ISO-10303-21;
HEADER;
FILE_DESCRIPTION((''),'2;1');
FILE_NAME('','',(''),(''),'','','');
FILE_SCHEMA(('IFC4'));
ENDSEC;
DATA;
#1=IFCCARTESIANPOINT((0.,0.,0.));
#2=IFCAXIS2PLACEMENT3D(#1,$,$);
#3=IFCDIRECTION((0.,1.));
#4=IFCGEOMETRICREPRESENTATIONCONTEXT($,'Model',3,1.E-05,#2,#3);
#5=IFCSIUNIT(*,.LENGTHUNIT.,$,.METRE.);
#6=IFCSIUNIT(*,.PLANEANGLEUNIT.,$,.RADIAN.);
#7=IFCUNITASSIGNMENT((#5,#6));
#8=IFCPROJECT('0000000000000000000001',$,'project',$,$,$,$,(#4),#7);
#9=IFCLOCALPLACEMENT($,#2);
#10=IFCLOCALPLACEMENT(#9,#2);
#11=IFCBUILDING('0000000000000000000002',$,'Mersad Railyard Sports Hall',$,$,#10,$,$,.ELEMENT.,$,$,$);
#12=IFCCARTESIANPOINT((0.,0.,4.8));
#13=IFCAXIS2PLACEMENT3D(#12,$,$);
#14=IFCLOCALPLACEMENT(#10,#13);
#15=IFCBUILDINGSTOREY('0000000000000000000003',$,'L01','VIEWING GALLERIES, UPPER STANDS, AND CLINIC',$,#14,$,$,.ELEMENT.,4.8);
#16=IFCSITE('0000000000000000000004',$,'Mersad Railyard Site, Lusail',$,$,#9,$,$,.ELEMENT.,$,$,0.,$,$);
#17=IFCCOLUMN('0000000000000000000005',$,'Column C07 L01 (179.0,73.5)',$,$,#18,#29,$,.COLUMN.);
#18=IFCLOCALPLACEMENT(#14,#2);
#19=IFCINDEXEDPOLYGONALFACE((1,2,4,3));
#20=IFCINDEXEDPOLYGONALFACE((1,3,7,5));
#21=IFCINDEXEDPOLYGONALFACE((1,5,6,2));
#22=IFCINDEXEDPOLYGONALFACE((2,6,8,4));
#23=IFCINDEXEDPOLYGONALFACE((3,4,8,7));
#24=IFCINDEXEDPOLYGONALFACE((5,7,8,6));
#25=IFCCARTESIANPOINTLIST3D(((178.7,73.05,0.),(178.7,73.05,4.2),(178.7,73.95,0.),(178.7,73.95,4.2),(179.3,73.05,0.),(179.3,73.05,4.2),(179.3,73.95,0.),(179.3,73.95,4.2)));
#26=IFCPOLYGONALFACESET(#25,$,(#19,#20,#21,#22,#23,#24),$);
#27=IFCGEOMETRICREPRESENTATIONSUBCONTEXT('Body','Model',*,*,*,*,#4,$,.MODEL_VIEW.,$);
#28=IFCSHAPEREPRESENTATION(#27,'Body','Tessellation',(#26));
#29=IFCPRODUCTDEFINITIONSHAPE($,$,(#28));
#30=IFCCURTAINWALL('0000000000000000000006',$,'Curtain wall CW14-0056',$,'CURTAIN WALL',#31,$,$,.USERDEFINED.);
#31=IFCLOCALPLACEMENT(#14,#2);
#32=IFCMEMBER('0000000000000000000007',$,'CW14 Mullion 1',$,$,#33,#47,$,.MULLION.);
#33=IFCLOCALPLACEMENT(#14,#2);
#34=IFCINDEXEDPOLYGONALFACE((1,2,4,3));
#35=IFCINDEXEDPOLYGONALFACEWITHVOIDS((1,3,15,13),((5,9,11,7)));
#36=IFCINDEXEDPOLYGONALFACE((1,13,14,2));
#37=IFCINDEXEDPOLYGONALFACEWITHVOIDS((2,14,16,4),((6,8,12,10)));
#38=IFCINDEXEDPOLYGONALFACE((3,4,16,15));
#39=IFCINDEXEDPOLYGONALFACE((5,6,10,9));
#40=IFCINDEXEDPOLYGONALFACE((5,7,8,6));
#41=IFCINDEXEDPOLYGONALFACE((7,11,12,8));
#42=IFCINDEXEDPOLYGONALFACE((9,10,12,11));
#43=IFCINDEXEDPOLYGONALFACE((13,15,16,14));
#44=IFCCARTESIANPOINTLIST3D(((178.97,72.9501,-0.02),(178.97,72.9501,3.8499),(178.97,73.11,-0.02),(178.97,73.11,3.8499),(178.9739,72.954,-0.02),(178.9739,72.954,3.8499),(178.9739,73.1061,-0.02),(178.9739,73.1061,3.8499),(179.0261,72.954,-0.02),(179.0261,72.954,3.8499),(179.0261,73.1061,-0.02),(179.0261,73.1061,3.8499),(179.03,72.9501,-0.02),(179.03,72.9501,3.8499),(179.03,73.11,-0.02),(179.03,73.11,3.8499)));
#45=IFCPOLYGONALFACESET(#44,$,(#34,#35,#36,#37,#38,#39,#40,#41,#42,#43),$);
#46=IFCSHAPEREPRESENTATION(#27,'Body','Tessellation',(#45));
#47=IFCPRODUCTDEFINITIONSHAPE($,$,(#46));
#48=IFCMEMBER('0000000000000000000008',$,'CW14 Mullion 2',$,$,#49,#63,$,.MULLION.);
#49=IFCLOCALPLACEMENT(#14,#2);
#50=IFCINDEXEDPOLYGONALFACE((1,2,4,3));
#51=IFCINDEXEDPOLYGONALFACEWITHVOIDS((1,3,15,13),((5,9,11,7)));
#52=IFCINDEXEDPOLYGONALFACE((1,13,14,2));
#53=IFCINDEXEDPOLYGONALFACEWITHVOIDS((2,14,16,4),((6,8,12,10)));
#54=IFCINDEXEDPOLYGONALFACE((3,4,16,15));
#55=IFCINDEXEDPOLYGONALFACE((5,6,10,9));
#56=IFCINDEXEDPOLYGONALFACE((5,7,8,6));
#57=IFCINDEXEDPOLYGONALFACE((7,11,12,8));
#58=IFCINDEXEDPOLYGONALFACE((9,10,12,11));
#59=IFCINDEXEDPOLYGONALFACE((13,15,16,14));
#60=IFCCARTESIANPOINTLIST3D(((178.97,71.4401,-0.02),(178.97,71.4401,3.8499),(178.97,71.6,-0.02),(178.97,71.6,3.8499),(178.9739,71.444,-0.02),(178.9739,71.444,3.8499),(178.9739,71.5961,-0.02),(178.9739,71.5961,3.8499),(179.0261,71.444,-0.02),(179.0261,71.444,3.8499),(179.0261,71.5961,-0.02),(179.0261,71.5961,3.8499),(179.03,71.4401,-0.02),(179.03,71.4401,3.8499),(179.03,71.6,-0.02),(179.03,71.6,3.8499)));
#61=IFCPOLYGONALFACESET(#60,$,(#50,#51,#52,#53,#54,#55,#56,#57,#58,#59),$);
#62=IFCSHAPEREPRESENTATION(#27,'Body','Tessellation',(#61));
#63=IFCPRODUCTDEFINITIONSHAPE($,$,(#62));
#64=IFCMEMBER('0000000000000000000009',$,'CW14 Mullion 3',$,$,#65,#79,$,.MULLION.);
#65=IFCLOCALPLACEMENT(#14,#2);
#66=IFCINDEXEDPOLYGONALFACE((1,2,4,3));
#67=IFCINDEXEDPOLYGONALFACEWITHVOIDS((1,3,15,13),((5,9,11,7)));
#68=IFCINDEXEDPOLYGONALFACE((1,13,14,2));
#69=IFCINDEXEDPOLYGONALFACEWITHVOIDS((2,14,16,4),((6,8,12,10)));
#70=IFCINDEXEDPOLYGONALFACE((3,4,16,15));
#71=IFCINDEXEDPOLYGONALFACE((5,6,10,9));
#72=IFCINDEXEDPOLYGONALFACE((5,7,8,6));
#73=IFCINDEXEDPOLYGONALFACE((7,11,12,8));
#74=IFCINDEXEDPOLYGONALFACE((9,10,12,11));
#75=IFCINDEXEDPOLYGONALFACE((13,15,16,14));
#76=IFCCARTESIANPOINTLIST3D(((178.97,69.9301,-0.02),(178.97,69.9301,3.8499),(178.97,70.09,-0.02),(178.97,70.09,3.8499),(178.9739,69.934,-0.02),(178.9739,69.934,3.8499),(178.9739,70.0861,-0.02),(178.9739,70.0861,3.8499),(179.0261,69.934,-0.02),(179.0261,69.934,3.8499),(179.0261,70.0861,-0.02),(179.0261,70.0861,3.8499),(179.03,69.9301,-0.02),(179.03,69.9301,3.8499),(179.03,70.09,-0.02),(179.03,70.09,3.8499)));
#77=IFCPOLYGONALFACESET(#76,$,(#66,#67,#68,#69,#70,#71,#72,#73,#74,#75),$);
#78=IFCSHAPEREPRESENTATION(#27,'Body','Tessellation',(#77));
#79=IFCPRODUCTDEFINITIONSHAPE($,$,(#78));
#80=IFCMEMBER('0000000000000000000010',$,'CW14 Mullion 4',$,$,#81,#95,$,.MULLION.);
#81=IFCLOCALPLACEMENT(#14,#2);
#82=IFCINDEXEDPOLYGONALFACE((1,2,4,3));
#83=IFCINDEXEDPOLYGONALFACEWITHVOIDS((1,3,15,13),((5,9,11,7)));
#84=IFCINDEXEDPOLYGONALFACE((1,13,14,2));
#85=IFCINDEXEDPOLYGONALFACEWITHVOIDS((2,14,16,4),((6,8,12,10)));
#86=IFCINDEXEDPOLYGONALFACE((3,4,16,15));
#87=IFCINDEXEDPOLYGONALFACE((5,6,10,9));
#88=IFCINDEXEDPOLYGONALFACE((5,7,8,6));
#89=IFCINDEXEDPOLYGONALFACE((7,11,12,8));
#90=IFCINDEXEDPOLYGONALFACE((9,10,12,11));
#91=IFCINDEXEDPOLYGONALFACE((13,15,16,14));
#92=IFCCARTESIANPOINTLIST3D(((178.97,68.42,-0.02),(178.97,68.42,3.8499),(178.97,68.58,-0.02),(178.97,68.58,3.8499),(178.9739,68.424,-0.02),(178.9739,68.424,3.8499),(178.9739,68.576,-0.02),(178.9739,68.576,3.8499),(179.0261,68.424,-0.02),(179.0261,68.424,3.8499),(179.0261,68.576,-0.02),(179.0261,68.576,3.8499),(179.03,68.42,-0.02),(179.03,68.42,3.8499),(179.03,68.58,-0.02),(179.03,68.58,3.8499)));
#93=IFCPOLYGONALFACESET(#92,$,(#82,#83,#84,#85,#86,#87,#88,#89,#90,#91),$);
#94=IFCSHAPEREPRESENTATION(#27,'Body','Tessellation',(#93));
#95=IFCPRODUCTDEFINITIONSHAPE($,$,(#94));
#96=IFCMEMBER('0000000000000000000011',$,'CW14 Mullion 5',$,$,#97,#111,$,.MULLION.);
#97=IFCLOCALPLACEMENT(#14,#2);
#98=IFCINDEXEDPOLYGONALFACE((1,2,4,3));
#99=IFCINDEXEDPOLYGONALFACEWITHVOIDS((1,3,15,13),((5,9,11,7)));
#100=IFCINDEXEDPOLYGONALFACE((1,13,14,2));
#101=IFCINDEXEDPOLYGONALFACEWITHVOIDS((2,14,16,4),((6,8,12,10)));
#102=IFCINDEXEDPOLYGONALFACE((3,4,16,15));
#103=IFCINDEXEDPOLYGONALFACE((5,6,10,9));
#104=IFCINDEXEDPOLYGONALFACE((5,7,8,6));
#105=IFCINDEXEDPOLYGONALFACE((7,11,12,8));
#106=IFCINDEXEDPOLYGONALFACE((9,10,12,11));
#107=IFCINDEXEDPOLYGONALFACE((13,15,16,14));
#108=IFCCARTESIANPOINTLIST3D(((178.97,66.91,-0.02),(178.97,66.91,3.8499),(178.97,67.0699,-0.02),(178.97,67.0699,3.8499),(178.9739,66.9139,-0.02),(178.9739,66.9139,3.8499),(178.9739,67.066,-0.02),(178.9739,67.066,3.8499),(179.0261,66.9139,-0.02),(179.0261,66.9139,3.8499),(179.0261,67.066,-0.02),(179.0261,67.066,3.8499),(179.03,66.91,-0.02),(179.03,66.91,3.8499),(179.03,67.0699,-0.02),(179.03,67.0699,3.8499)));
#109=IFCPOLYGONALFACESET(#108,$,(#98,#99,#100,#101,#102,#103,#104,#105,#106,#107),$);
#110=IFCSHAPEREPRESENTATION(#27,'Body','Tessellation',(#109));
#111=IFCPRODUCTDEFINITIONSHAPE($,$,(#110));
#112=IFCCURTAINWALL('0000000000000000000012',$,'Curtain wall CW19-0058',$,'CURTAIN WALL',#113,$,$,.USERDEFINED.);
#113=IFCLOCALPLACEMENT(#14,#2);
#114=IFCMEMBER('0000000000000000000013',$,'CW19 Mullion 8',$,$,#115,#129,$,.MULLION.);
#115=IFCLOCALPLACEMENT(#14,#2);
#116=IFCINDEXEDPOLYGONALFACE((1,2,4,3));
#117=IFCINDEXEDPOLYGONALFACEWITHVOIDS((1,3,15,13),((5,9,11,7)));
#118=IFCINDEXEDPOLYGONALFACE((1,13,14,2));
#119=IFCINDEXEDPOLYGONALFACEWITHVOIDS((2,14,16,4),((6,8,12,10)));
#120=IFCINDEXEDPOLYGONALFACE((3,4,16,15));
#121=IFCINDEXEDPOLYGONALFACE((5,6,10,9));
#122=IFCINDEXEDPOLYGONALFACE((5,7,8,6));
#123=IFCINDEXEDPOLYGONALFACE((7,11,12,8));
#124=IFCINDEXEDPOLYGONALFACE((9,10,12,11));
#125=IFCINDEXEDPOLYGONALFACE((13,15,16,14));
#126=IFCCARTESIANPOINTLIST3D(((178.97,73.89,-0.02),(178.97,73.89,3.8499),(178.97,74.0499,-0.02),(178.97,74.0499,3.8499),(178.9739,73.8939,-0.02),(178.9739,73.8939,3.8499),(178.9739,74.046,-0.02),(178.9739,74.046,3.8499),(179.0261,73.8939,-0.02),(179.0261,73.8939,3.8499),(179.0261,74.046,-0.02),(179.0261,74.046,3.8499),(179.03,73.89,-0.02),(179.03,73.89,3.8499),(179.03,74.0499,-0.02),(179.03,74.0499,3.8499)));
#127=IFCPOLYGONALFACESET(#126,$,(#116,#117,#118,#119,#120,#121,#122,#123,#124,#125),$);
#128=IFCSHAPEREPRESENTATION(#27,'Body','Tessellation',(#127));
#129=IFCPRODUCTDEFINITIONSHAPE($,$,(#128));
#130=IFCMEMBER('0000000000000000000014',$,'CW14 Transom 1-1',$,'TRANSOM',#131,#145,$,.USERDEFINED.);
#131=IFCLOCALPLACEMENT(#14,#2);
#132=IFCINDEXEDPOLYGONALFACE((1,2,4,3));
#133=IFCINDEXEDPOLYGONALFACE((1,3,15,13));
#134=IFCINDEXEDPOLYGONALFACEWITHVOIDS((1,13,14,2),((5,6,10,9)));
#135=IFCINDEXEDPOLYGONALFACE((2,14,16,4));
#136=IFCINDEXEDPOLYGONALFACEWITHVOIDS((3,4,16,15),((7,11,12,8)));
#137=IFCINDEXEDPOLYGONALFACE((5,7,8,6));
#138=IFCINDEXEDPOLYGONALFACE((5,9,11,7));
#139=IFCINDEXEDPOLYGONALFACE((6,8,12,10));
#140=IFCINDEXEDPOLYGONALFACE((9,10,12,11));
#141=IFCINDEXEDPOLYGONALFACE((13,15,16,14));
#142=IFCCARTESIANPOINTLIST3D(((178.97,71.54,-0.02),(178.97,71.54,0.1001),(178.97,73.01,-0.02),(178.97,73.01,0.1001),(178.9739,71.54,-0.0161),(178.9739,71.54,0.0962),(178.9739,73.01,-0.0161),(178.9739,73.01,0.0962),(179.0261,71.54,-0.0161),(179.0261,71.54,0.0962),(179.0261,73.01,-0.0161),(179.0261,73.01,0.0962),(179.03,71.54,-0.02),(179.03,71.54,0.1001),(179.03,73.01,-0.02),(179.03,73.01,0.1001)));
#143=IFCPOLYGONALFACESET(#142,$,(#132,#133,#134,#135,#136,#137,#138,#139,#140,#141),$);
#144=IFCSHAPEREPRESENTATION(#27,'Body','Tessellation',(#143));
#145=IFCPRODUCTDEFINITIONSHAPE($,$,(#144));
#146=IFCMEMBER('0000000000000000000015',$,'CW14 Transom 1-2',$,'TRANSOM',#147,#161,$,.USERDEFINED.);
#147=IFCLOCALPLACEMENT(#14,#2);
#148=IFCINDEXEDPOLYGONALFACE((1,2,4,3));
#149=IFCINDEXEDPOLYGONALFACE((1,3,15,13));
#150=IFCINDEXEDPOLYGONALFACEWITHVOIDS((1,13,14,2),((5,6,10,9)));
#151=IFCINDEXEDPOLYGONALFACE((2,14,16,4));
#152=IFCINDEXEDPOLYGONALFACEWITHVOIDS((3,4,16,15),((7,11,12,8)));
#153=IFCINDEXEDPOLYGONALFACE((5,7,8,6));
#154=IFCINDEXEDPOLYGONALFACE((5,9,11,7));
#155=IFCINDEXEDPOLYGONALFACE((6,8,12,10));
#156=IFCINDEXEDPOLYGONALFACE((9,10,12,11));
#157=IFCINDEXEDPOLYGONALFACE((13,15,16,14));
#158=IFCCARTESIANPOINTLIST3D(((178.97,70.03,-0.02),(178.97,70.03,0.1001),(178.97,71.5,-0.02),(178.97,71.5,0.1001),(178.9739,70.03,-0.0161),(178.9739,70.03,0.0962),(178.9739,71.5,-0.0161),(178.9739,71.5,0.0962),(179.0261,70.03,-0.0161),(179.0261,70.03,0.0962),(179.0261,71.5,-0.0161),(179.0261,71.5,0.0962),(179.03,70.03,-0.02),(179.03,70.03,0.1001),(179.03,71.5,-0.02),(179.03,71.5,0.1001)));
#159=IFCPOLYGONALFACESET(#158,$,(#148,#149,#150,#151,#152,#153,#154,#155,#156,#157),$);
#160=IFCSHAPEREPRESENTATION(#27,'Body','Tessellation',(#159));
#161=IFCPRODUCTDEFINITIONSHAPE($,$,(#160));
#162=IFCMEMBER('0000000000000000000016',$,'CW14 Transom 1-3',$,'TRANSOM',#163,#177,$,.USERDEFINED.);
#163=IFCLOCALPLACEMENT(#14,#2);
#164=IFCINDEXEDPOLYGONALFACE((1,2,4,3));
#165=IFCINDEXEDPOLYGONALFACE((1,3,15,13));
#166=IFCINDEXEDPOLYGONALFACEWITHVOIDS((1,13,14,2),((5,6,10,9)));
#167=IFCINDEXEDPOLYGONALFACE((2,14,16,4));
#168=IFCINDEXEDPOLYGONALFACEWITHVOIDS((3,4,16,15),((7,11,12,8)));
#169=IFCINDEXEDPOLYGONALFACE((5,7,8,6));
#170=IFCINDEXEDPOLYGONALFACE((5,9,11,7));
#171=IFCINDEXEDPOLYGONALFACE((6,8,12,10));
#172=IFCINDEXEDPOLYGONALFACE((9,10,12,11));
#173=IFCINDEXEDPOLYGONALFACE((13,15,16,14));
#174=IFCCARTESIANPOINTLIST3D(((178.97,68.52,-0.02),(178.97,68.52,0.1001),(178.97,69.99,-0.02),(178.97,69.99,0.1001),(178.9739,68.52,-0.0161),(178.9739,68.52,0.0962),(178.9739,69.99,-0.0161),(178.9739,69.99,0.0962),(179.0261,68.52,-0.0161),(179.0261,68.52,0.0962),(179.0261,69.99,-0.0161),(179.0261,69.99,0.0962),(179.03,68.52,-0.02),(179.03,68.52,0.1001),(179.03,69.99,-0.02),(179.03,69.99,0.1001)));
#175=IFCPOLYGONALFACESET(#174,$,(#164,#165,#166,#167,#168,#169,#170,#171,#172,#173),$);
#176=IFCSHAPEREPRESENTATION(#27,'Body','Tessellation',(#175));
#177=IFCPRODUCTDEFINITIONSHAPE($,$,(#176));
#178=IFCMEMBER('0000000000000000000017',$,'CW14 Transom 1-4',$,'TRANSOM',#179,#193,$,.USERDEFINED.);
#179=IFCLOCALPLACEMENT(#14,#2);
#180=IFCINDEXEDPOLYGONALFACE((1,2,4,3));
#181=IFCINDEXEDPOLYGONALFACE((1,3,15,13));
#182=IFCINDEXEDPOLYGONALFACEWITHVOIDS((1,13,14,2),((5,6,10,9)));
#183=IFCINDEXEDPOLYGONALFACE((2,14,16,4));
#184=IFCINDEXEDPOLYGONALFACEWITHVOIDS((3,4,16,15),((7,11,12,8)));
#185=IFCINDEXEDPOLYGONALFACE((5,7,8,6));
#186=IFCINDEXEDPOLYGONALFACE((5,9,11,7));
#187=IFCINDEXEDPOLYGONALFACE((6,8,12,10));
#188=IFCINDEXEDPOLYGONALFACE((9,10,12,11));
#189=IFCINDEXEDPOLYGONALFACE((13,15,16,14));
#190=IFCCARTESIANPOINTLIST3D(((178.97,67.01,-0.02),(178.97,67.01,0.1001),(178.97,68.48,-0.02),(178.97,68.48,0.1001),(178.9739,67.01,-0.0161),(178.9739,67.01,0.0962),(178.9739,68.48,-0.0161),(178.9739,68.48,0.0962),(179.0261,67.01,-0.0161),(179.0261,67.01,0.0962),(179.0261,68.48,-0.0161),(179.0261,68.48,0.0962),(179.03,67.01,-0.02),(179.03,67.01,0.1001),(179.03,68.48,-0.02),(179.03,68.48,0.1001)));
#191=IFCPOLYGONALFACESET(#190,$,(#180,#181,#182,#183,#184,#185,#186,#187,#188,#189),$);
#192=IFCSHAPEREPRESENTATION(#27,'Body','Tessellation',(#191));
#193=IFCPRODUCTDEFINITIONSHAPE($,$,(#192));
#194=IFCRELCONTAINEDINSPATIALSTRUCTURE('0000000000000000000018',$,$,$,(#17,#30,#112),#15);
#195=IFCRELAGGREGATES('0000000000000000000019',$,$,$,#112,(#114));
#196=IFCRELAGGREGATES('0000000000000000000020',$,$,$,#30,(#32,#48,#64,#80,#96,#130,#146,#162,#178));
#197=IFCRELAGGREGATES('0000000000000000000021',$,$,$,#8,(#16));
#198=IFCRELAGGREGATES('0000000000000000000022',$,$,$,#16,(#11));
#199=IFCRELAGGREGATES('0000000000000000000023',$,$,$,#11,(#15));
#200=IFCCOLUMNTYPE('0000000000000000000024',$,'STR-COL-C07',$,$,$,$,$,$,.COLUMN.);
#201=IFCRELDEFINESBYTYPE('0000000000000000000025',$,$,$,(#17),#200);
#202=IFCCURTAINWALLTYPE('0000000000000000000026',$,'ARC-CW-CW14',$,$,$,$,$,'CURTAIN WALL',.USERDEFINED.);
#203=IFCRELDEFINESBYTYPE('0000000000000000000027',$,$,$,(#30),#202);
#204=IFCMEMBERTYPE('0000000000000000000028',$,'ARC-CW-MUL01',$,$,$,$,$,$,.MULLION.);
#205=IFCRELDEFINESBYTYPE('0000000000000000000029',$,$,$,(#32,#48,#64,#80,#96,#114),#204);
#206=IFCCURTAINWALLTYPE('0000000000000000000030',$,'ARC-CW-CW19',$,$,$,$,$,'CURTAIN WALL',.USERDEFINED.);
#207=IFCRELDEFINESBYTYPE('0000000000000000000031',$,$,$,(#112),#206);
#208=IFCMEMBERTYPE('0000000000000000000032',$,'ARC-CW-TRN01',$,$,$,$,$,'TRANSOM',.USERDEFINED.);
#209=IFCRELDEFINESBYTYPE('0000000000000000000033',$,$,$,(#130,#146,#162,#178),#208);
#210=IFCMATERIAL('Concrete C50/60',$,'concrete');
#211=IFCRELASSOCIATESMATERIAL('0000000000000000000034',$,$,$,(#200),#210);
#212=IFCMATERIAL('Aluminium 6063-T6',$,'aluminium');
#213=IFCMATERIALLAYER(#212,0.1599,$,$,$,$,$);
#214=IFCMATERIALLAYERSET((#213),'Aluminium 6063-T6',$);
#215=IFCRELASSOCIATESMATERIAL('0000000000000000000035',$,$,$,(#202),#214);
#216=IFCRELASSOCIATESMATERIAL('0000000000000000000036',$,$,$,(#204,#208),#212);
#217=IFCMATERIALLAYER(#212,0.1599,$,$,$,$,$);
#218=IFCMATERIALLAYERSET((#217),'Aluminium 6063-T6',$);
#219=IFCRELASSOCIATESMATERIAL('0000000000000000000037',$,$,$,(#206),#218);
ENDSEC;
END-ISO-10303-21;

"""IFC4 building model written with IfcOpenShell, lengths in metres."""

from ifc_helpers import new_model, si_unit, direction, frame, origin, origin_2d, place, context, subcontext, project, spatial, rectangle, hollow_rectangle, extrude, material, layer, layer_set, material_profile, profile_set, type_object, element, aggregate, save


model = new_model("IFC4")

# Units and contexts
model_context = context("Model", 3, precision=1e-05, world=origin(), true_north=direction((0.0, 1.0)))
body_context = subcontext(model_context, "Body", "Model", "MODEL_VIEW")
ifc_project = project(units=[si_unit("LENGTHUNIT", "METRE"), si_unit("PLANEANGLEUNIT", "RADIAN")], contexts=[model_context])

# Site, building, storey
site_placement = place(None, origin())
site = spatial("IfcSite", under=ifc_project, at=site_placement, Name="Mersad Railyard Site, Lusail", CompositionType="ELEMENT", RefElevation=0.0)
building_placement = place(site_placement, origin())
building = spatial("IfcBuilding", under=site, at=building_placement, Name="Mersad Railyard Sports Hall", CompositionType="ELEMENT")
storey_placement = place(building_placement, frame((0.0, 0.0, 4.8)))
storey = spatial("IfcBuildingStorey", under=building, at=storey_placement, Name="L01", Description="VIEWING GALLERIES, UPPER STANDS, AND CLINIC", CompositionType="ELEMENT", Elevation=4.8)

# Column
ifc_material_1 = material(Name="Concrete C50/60", Category="concrete")
ifc_material_profile_1 = material_profile(ifc_material_1, rectangle(XDim=0.6001, YDim=0.8999, at=origin_2d()), Name="RC 600x900")
ifc_profile_set_1 = profile_set([ifc_material_profile_1], Name="Concrete C50/60")
column_type = type_object("IfcColumnType", Name="STR-COL-C07", PredefinedType="COLUMN", material=ifc_profile_set_1)
column_placement = place(storey_placement, frame((179.0, 73.5, 0.0), z_axis=(0.0, 0.0, 1.0), x_axis=(1.0, 0.0, 0.0)))
element("IfcColumn", 1, at=column_placement, inside=storey, type_object=column_type, Name="Column C07 L01 (179.0,73.5)", PredefinedType="COLUMN", context=body_context, shape_type="SweptSolid", body=[
    extrude(rectangle(XDim=0.6001, YDim=0.8999, at=origin_2d()), origin(), (0.0, 0.0, 1.0), 4.2),
])

# Curtain wall, members
ifc_material_2 = material(Name="Aluminium 6063-T6", Category="aluminium")
ifc_layer_1 = layer(ifc_material_2, 0.1599)
ifc_layer_set_1 = layer_set([ifc_layer_1], Name="Aluminium 6063-T6")
curtain_wall_type_1 = type_object("IfcCurtainWallType", Name="ARC-CW-CW14", ElementType="CURTAIN WALL", PredefinedType="USERDEFINED", material=ifc_layer_set_1)
curtain_wall_1_placement = place(storey_placement, origin())
curtain_wall_1 = element("IfcCurtainWall", 2, at=curtain_wall_1_placement, inside=storey, type_object=curtain_wall_type_1, Name="Curtain wall CW14-0056", ObjectType="CURTAIN WALL", PredefinedType="USERDEFINED")
ifc_material_profile_2 = material_profile(ifc_material_2, hollow_rectangle(XDim=0.0601, YDim=0.1599, WallThickness=0.0039, at=origin_2d()), Name="AL MULLION 60x160x4")
ifc_profile_set_2 = profile_set([ifc_material_profile_2], Name="Aluminium 6063-T6")
member_type_1 = type_object("IfcMemberType", Name="ARC-CW-MUL01", PredefinedType="MULLION", material=ifc_profile_set_2)
member_1_placement = place(storey_placement, frame((179.0, 73.03, -0.02), z_axis=(0.0, 0.0, 1.0), x_axis=(1.0, 0.0, 0.0)))
member_1 = element("IfcMember", 3, at=member_1_placement, type_object=member_type_1, Name="CW14 Mullion 1", PredefinedType="MULLION", context=body_context, shape_type="SweptSolid", body=[
    extrude(hollow_rectangle(XDim=0.0601, YDim=0.1599, WallThickness=0.0039, at=origin_2d()), origin(), (0.0, 0.0, 1.0), 3.8699),
])
member_2_placement = place(storey_placement, frame((179.0, 71.52, -0.02), z_axis=(0.0, 0.0, 1.0), x_axis=(1.0, 0.0, 0.0)))
member_2 = element("IfcMember", 4, at=member_2_placement, type_object=member_type_1, Name="CW14 Mullion 2", PredefinedType="MULLION", context=body_context, shape_type="SweptSolid", body=[
    extrude(hollow_rectangle(XDim=0.0601, YDim=0.1599, WallThickness=0.0039, at=origin_2d()), origin(), (0.0, 0.0, 1.0), 3.8699),
])
member_3_placement = place(storey_placement, frame((179.0, 70.01, -0.02), z_axis=(0.0, 0.0, 1.0), x_axis=(1.0, 0.0, 0.0)))
member_3 = element("IfcMember", 5, at=member_3_placement, type_object=member_type_1, Name="CW14 Mullion 3", PredefinedType="MULLION", context=body_context, shape_type="SweptSolid", body=[
    extrude(hollow_rectangle(XDim=0.0601, YDim=0.1599, WallThickness=0.0039, at=origin_2d()), origin(), (0.0, 0.0, 1.0), 3.8699),
])
member_4_placement = place(storey_placement, frame((179.0, 68.5, -0.02), z_axis=(0.0, 0.0, 1.0), x_axis=(1.0, 0.0, 0.0)))
member_4 = element("IfcMember", 6, at=member_4_placement, type_object=member_type_1, Name="CW14 Mullion 4", PredefinedType="MULLION", context=body_context, shape_type="SweptSolid", body=[
    extrude(hollow_rectangle(XDim=0.0601, YDim=0.1599, WallThickness=0.0039, at=origin_2d()), origin(), (0.0, 0.0, 1.0), 3.8699),
])
member_5_placement = place(storey_placement, frame((179.0, 66.99, -0.02), z_axis=(0.0, 0.0, 1.0), x_axis=(1.0, 0.0, 0.0)))
member_5 = element("IfcMember", 7, at=member_5_placement, type_object=member_type_1, Name="CW14 Mullion 5", PredefinedType="MULLION", context=body_context, shape_type="SweptSolid", body=[
    extrude(hollow_rectangle(XDim=0.0601, YDim=0.1599, WallThickness=0.0039, at=origin_2d()), origin(), (0.0, 0.0, 1.0), 3.8699),
])

# Curtain wall, member
ifc_layer_2 = layer(ifc_material_2, 0.1599)
ifc_layer_set_2 = layer_set([ifc_layer_2], Name="Aluminium 6063-T6")
curtain_wall_type_2 = type_object("IfcCurtainWallType", Name="ARC-CW-CW19", ElementType="CURTAIN WALL", PredefinedType="USERDEFINED", material=ifc_layer_set_2)
curtain_wall_2_placement = place(storey_placement, origin())
curtain_wall_2 = element("IfcCurtainWall", 8, at=curtain_wall_2_placement, inside=storey, type_object=curtain_wall_type_2, Name="Curtain wall CW19-0058", ObjectType="CURTAIN WALL", PredefinedType="USERDEFINED")
member_6_placement = place(storey_placement, frame((179.0, 73.97, -0.02), z_axis=(0.0, 0.0, 1.0), x_axis=(1.0, 0.0, 0.0)))
member_6 = element("IfcMember", 9, at=member_6_placement, type_object=member_type_1, Name="CW19 Mullion 8", PredefinedType="MULLION", context=body_context, shape_type="SweptSolid", body=[
    extrude(hollow_rectangle(XDim=0.0601, YDim=0.1599, WallThickness=0.0039, at=origin_2d()), origin(), (0.0, 0.0, 1.0), 3.8699),
])
aggregate(curtain_wall_2, [member_6])

# Members
ifc_material_profile_3 = material_profile(ifc_material_2, hollow_rectangle(XDim=0.0601, YDim=0.1201, WallThickness=0.0039, at=origin_2d()), Name="AL TRANSOM 60x120x4")
ifc_profile_set_3 = profile_set([ifc_material_profile_3], Name="Aluminium 6063-T6")
member_type_2 = type_object("IfcMemberType", Name="ARC-CW-TRN01", ElementType="TRANSOM", PredefinedType="USERDEFINED", material=ifc_profile_set_3)
member_7_placement = place(storey_placement, frame((179.0, 73.01, 0.04), z_axis=(0.0, -1.0, 0.0), x_axis=(1.0, 0.0, 0.0)))
member_7 = element("IfcMember", 10, at=member_7_placement, type_object=member_type_2, Name="CW14 Transom 1-1", ObjectType="TRANSOM", PredefinedType="USERDEFINED", context=body_context, shape_type="SweptSolid", body=[
    extrude(hollow_rectangle(XDim=0.0601, YDim=0.1201, WallThickness=0.0039, at=origin_2d()), origin(), (0.0, 0.0, 1.0), 1.47),
])
member_8_placement = place(storey_placement, frame((179.0, 71.5, 0.04), z_axis=(0.0, -1.0, 0.0), x_axis=(1.0, 0.0, 0.0)))
member_8 = element("IfcMember", 11, at=member_8_placement, type_object=member_type_2, Name="CW14 Transom 1-2", ObjectType="TRANSOM", PredefinedType="USERDEFINED", context=body_context, shape_type="SweptSolid", body=[
    extrude(hollow_rectangle(XDim=0.0601, YDim=0.1201, WallThickness=0.0039, at=origin_2d()), origin(), (0.0, 0.0, 1.0), 1.47),
])
member_9_placement = place(storey_placement, frame((179.0, 69.99, 0.04), z_axis=(0.0, -1.0, 0.0), x_axis=(1.0, 0.0, 0.0)))
member_9 = element("IfcMember", 12, at=member_9_placement, type_object=member_type_2, Name="CW14 Transom 1-3", ObjectType="TRANSOM", PredefinedType="USERDEFINED", context=body_context, shape_type="SweptSolid", body=[
    extrude(hollow_rectangle(XDim=0.0601, YDim=0.1201, WallThickness=0.0039, at=origin_2d()), origin(), (0.0, 0.0, 1.0), 1.47),
])
member_10_placement = place(storey_placement, frame((179.0, 68.48, 0.04), z_axis=(0.0, -1.0, 0.0), x_axis=(1.0, 0.0, 0.0)))
member_10 = element("IfcMember", 13, at=member_10_placement, type_object=member_type_2, Name="CW14 Transom 1-4", ObjectType="TRANSOM", PredefinedType="USERDEFINED", context=body_context, shape_type="SweptSolid", body=[
    extrude(hollow_rectangle(XDim=0.0601, YDim=0.1201, WallThickness=0.0039, at=origin_2d()), origin(), (0.0, 0.0, 1.0), 1.47),
])

aggregate(curtain_wall_1, [member_1, member_2, member_3, member_4, member_5, member_7, member_8, member_9, member_10])

save(model, "model.ifc")
